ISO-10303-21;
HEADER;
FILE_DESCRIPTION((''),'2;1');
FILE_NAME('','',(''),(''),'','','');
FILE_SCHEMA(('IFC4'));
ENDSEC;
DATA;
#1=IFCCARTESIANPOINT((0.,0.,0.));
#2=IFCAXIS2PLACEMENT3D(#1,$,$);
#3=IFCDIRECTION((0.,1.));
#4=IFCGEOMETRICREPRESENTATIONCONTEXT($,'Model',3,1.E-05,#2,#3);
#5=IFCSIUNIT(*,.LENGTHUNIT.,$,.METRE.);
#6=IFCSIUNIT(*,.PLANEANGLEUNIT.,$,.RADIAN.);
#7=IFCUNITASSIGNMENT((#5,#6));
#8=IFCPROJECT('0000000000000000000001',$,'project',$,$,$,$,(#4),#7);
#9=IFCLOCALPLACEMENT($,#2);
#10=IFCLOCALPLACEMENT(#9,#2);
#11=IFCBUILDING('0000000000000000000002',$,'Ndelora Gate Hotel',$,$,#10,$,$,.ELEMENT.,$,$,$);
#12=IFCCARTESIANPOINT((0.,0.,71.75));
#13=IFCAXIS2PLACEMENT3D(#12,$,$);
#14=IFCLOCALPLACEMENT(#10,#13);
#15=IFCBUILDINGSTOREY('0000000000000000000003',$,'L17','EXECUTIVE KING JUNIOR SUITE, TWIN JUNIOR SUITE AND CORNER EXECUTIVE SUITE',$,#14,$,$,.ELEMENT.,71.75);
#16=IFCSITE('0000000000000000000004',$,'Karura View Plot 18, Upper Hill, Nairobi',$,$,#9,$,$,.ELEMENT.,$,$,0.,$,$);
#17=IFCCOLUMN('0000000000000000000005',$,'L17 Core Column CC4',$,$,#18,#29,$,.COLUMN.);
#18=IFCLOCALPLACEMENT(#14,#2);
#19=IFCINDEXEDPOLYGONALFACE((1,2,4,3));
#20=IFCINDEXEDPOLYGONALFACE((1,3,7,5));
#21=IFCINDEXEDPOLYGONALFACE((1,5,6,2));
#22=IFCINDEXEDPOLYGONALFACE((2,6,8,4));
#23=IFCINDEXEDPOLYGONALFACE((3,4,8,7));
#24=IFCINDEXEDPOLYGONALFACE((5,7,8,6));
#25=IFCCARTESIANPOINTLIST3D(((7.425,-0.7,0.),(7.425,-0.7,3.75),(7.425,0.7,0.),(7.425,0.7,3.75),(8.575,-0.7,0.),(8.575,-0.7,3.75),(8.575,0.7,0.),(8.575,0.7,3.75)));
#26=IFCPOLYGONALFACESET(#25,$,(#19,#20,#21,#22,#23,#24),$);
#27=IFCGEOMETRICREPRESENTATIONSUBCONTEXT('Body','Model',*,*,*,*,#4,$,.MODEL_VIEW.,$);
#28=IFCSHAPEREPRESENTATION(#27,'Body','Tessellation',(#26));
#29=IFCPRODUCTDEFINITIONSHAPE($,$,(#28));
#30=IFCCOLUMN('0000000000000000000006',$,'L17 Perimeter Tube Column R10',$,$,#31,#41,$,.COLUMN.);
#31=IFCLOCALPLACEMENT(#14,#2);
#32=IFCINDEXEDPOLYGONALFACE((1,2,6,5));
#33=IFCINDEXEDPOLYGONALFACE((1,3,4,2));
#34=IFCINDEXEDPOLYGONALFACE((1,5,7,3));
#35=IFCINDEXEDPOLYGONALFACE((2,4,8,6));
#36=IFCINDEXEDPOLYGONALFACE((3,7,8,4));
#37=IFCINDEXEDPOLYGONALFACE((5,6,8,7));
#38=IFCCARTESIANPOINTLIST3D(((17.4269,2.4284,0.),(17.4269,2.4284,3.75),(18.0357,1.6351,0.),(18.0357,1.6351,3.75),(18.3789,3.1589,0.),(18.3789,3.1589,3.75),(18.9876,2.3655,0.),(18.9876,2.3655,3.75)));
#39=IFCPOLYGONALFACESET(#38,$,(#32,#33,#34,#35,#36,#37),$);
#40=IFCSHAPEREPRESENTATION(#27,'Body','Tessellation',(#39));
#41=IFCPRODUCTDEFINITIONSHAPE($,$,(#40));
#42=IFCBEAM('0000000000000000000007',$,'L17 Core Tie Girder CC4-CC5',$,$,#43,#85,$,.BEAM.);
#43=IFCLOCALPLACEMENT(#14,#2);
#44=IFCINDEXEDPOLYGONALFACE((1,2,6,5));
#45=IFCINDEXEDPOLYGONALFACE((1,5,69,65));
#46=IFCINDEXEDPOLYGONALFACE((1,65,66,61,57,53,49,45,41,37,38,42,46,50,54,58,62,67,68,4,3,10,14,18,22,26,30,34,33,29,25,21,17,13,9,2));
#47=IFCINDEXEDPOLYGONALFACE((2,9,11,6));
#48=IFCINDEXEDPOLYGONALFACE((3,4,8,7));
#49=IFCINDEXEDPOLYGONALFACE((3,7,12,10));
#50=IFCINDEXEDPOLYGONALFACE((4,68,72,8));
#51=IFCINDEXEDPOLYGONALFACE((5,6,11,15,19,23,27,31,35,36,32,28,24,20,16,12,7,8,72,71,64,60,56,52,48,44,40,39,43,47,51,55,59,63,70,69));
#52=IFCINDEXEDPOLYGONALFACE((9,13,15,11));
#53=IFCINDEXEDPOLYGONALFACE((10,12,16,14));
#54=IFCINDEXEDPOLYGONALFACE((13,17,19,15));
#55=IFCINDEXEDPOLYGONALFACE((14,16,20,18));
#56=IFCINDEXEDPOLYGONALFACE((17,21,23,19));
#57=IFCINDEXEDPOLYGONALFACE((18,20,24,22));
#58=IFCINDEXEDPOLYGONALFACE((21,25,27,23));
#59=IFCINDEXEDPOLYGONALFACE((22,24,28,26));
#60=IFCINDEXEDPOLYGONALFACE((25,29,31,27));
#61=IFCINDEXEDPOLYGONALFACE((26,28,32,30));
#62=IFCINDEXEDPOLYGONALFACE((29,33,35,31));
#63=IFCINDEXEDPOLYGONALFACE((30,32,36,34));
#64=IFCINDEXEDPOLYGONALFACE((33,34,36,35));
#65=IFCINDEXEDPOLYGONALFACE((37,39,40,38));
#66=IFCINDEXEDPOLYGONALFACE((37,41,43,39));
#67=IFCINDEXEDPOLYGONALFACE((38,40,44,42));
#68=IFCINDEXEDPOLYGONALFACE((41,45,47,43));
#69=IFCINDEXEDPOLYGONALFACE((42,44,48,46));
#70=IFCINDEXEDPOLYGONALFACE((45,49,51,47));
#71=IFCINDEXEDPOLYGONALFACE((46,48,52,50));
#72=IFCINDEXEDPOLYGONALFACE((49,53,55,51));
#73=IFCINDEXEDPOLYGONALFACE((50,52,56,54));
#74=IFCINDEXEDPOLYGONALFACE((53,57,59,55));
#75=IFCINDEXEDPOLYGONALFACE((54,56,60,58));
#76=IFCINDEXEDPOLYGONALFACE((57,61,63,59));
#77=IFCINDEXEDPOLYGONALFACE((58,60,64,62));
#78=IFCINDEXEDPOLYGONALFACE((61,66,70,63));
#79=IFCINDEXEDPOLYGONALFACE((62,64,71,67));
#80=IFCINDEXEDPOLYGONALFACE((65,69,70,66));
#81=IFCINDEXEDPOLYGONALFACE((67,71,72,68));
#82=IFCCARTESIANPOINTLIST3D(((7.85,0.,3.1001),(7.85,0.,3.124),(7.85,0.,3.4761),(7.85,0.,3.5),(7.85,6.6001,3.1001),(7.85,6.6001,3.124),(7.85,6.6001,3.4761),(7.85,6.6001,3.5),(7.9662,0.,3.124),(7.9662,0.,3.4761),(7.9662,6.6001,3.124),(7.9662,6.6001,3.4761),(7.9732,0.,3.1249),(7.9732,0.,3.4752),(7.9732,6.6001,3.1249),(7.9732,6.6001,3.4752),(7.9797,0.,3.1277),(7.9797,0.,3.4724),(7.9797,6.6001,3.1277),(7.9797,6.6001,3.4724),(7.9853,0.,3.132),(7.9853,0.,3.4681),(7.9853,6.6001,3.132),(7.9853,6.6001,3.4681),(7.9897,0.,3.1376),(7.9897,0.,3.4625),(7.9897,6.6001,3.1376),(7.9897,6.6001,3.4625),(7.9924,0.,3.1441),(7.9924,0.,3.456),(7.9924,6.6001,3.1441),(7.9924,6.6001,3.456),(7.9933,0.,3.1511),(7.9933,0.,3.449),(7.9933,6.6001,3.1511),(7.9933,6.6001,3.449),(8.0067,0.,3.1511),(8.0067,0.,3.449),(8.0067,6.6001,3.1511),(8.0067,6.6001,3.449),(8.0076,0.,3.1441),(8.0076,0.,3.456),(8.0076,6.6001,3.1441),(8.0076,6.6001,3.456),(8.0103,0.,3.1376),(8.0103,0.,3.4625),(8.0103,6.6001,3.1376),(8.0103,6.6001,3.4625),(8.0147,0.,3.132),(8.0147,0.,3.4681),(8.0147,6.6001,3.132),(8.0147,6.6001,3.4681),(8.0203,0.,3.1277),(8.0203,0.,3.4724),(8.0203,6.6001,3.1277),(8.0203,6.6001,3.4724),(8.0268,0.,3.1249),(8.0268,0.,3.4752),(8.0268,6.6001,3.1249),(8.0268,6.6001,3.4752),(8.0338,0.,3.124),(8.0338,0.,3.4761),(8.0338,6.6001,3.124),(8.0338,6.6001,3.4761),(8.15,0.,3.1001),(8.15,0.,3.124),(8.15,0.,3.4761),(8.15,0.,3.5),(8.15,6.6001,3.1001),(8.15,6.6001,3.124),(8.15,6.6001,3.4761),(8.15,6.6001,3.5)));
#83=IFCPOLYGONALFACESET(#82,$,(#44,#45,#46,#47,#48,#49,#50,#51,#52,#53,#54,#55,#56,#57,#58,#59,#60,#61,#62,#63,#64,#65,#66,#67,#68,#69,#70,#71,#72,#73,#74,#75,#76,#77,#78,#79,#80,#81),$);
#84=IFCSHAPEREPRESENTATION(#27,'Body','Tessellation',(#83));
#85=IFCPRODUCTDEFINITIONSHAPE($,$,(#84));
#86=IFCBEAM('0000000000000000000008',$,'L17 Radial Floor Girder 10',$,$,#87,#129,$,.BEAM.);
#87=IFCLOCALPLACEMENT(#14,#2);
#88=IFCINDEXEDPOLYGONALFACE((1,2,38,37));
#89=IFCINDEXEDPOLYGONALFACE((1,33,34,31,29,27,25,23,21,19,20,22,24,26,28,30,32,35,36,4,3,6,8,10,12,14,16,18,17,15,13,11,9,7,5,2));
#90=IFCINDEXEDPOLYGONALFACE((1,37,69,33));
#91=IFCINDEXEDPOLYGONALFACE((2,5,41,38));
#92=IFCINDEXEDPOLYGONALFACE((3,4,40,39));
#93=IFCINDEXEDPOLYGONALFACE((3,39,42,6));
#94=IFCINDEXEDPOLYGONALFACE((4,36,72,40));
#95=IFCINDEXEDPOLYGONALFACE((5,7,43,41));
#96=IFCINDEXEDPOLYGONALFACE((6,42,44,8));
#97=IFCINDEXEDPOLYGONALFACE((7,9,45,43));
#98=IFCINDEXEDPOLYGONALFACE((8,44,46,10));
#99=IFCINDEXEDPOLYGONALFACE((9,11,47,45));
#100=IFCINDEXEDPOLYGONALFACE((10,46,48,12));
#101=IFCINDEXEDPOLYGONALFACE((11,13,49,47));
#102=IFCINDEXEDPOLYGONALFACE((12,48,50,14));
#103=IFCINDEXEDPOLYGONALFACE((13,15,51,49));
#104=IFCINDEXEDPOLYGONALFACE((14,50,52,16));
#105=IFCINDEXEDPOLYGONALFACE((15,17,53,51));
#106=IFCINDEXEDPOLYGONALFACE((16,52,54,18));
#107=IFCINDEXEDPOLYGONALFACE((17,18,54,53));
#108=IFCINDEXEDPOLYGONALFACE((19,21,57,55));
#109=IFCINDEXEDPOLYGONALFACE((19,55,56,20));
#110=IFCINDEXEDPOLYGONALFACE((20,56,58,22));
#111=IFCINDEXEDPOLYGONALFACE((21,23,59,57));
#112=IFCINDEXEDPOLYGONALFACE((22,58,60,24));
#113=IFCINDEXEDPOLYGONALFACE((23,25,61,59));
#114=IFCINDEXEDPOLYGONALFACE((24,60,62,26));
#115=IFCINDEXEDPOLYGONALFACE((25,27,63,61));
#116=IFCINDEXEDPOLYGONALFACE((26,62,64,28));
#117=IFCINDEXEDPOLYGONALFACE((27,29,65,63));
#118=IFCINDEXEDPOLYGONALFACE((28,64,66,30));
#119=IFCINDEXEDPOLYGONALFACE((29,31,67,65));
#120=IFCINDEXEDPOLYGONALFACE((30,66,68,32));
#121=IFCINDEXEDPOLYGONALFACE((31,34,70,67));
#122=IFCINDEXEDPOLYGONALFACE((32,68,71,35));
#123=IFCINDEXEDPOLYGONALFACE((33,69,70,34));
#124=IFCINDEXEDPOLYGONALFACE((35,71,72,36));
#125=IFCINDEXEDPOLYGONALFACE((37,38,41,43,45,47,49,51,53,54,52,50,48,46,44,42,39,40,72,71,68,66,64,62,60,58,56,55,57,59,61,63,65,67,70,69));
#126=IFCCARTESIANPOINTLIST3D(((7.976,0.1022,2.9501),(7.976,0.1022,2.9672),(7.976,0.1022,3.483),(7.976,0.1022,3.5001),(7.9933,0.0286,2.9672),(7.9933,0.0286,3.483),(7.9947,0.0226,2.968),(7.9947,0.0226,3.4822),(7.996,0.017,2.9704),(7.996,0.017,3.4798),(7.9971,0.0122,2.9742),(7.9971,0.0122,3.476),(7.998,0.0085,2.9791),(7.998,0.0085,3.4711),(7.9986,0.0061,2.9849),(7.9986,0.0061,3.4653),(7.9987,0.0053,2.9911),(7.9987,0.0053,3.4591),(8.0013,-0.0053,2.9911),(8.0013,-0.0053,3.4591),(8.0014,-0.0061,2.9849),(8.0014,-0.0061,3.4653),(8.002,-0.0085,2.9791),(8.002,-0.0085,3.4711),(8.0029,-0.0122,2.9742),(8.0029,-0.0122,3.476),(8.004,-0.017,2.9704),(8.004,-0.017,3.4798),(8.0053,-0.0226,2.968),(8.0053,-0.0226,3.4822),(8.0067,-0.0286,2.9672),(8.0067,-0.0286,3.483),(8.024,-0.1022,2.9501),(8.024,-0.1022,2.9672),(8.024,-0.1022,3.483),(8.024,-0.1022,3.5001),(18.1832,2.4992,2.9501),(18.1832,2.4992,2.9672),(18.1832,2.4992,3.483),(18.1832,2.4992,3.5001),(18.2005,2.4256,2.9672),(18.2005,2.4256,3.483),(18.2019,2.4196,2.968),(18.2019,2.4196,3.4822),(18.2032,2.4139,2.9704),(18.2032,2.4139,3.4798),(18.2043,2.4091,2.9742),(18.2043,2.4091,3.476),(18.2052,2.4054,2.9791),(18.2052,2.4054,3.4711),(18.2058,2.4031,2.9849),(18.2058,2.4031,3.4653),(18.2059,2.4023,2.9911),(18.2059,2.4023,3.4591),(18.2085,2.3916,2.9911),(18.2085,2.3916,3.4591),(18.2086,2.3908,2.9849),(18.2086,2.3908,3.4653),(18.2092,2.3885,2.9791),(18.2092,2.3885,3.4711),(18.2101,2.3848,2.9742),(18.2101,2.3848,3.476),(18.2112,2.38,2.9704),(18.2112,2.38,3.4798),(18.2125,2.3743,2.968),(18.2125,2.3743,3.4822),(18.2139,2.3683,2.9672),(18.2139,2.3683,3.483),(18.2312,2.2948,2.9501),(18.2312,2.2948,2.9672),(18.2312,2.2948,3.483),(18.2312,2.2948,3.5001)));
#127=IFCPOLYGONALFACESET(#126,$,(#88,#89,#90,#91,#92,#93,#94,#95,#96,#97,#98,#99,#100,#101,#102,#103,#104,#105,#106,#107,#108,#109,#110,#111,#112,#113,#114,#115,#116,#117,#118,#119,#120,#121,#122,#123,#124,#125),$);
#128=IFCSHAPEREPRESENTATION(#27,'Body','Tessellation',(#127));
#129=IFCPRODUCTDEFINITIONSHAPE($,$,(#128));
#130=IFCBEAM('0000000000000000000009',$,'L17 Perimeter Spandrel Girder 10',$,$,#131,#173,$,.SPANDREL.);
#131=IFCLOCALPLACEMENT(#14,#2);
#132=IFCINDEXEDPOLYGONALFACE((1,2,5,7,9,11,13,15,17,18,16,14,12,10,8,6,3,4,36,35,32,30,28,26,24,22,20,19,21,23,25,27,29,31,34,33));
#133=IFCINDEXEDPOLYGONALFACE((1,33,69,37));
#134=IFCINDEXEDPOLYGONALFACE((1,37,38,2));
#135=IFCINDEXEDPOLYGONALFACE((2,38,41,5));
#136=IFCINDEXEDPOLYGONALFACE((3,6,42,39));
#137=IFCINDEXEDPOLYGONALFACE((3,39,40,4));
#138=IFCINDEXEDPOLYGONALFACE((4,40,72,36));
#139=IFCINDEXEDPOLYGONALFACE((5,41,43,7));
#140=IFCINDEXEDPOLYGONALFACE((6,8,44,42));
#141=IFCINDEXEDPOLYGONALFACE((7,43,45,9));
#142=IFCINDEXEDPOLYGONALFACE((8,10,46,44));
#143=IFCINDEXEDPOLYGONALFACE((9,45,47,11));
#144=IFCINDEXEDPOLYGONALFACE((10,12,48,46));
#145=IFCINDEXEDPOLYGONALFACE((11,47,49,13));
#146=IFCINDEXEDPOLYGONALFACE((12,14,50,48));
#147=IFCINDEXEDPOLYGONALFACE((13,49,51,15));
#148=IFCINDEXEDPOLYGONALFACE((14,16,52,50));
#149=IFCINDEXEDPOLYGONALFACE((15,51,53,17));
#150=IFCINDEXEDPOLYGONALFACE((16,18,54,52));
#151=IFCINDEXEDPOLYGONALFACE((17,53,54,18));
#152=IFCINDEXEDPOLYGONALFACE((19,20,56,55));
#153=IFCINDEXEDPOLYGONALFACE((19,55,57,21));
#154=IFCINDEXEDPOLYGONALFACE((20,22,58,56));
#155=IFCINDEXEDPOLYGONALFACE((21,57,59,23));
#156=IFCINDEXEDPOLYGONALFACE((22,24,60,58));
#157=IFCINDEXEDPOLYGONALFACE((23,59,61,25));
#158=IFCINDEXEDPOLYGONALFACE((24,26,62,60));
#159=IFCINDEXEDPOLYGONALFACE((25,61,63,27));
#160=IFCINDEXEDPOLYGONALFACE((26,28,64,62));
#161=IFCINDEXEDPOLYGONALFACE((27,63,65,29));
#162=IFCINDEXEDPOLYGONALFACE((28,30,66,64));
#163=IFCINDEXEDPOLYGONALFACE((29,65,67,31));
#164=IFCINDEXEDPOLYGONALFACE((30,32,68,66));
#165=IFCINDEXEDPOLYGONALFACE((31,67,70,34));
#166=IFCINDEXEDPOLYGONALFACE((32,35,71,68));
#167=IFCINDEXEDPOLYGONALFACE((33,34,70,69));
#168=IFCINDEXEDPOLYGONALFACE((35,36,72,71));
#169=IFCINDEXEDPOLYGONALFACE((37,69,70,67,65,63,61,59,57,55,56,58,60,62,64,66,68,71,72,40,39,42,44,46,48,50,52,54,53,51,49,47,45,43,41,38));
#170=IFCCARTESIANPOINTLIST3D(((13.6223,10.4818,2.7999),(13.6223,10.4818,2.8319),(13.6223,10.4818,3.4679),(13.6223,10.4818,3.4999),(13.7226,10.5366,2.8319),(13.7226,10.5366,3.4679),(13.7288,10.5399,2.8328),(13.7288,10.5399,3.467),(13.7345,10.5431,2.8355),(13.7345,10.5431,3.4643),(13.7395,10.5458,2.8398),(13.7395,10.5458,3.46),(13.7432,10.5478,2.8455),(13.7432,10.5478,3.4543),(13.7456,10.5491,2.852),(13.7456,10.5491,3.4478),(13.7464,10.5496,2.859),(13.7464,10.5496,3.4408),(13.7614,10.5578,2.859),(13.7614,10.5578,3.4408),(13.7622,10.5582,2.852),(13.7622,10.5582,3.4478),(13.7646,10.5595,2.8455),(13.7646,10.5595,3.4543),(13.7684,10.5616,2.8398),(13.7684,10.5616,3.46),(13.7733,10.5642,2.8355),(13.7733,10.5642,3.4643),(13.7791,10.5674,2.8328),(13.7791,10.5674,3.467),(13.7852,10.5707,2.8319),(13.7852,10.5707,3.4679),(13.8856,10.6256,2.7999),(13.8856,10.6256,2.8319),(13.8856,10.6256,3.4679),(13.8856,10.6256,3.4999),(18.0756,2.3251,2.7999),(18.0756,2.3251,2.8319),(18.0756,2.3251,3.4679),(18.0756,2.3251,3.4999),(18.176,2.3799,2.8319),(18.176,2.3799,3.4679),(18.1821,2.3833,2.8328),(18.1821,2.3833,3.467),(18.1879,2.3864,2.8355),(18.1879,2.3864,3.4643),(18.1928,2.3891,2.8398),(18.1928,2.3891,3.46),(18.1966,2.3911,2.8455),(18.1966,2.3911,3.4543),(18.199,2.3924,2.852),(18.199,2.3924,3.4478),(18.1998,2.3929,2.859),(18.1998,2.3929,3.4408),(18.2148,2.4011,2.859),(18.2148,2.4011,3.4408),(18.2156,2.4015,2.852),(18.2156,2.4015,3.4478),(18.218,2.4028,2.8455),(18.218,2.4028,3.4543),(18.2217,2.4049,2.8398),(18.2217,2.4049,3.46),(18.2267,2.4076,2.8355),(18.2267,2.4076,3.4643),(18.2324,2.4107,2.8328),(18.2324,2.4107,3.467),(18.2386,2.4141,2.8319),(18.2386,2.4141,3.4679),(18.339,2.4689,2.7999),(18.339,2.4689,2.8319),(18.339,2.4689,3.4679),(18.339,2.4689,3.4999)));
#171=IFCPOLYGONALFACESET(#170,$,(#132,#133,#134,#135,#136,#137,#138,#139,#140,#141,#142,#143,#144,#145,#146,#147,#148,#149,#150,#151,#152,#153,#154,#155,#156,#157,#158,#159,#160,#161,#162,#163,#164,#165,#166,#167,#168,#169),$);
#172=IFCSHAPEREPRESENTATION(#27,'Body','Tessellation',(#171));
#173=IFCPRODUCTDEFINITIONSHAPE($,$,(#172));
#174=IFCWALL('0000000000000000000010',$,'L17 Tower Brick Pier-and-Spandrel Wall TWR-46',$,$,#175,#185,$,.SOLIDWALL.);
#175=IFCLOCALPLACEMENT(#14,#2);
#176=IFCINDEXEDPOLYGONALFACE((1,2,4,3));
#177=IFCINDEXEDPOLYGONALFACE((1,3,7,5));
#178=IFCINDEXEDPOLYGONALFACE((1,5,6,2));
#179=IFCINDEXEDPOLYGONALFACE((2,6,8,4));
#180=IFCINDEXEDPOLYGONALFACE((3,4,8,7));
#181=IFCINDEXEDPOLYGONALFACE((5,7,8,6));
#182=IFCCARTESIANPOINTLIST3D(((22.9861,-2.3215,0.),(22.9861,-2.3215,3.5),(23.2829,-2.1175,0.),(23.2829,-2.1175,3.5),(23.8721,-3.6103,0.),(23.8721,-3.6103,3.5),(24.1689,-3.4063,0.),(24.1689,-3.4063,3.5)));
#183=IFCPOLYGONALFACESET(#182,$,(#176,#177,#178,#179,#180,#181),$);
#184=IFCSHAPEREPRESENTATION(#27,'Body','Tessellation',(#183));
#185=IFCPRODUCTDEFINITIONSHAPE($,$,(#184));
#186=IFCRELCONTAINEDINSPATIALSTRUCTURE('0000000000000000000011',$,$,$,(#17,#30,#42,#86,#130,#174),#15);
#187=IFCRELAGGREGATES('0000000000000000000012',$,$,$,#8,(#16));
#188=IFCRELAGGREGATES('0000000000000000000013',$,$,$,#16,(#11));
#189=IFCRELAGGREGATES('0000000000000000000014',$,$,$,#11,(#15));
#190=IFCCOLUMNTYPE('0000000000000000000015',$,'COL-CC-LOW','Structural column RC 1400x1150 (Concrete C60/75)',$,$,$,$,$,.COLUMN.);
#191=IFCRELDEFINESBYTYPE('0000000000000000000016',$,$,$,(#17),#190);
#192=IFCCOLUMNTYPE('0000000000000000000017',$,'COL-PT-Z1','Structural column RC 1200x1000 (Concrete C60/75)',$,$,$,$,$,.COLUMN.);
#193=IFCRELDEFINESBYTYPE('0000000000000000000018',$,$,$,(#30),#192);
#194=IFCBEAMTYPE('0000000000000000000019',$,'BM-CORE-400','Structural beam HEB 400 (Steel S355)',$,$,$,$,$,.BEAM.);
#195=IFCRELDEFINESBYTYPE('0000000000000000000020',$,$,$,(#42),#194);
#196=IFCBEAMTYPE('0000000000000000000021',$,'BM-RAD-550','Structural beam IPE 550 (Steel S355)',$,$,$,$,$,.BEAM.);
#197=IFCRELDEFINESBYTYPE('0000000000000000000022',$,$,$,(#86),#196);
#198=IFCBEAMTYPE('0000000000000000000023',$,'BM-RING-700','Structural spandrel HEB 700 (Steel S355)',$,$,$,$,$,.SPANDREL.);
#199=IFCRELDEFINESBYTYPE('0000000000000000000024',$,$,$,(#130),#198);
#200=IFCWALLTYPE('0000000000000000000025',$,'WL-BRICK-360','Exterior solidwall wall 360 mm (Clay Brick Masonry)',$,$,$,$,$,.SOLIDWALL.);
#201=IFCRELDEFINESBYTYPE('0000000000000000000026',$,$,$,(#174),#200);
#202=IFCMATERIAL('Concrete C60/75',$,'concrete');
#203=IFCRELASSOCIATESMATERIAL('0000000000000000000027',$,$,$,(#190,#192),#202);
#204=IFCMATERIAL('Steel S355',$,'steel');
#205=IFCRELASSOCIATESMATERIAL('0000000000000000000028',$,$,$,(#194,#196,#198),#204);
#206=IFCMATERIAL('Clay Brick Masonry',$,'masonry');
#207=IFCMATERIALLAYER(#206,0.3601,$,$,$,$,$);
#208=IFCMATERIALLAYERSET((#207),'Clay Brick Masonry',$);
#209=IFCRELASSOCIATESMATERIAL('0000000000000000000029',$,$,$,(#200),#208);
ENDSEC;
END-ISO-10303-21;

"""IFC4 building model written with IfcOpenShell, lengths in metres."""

from ifc_helpers import new_model, si_unit, direction, frame, frame_2d, origin, origin_2d, place, context, subcontext, project, spatial, rectangle, i_section, extrude, material, layer, layer_set, material_profile, profile_set, type_object, element, save


model = new_model("IFC4")

# Units and contexts
model_context = context("Model", 3, precision=1e-05, world=origin(), true_north=direction((0.0, 1.0)))
body_context = subcontext(model_context, "Body", "Model", "MODEL_VIEW")
ifc_project = project(units=[si_unit("LENGTHUNIT", "METRE"), si_unit("PLANEANGLEUNIT", "RADIAN")], contexts=[model_context])

# Site, building, storey
site_placement = place(None, origin())
site = spatial("IfcSite", under=ifc_project, at=site_placement, Name="Karura View Plot 18, Upper Hill, Nairobi", CompositionType="ELEMENT", RefElevation=0.0)
building_placement = place(site_placement, origin())
building = spatial("IfcBuilding", under=site, at=building_placement, Name="Ndelora Gate Hotel", CompositionType="ELEMENT")
storey_placement = place(building_placement, frame((0.0, 0.0, 71.75)))
storey = spatial("IfcBuildingStorey", under=building, at=storey_placement, Name="L17", Description="EXECUTIVE KING JUNIOR SUITE, TWIN JUNIOR SUITE AND CORNER EXECUTIVE SUITE", CompositionType="ELEMENT", Elevation=71.75)

# Columns
ifc_material_1 = material(Name="Concrete C60/75", Category="concrete")
ifc_material_profile_1 = material_profile(ifc_material_1, rectangle(XDim=1.1499, YDim=1.3999, at=origin_2d()), Name="RC 1400x1150")
ifc_profile_set_1 = profile_set([ifc_material_profile_1], Name="Concrete C60/75")
column_type_1 = type_object("IfcColumnType", Name="COL-CC-LOW", Description="Structural column RC 1400x1150 (Concrete C60/75)", PredefinedType="COLUMN", material=ifc_profile_set_1)
column_1_placement = place(storey_placement, frame((8.0, 0.0, 0.0), z_axis=(0.0, 0.0, 1.0), x_axis=(1.0, 0.0, 0.0)))
element("IfcColumn", 1, at=column_1_placement, inside=storey, type_object=column_type_1, Name="L17 Core Column CC4", PredefinedType="COLUMN", context=body_context, shape_type="SweptSolid", body=[
    extrude(rectangle(XDim=1.1499, YDim=1.3999, at=origin_2d()), origin(), (0.0, 0.0, 1.0), 3.75),
])
ifc_material_profile_2 = material_profile(ifc_material_1, rectangle(XDim=1.0, YDim=1.2, at=origin_2d()), Name="RC 1200x1000")
ifc_profile_set_2 = profile_set([ifc_material_profile_2], Name="Concrete C60/75")
column_type_2 = type_object("IfcColumnType", Name="COL-PT-Z1", Description="Structural column RC 1200x1000 (Concrete C60/75)", PredefinedType="COLUMN", material=ifc_profile_set_2)
column_2_placement = place(storey_placement, frame((18.2073, 2.397, 0.0), z_axis=(0.0, 0.0, 1.0), x_axis=(-0.608761, 0.793353, 0.0)))
element("IfcColumn", 2, at=column_2_placement, inside=storey, type_object=column_type_2, Name="L17 Perimeter Tube Column R10", PredefinedType="COLUMN", context=body_context, shape_type="SweptSolid", body=[
    extrude(rectangle(XDim=1.0, YDim=1.2, at=origin_2d()), origin(), (0.0, 0.0, 1.0), 3.75),
])

# Beams
ifc_material_2 = material(Name="Steel S355", Category="steel")
ifc_material_profile_3 = material_profile(ifc_material_2, i_section(OverallWidth=0.3, OverallDepth=0.3999, WebThickness=0.0134, FlangeThickness=0.0239, FilletRadius=0.0271, at=origin_2d()), Name="HEB 400")
ifc_profile_set_3 = profile_set([ifc_material_profile_3], Name="Steel S355")
beam_type_1 = type_object("IfcBeamType", Name="BM-CORE-400", Description="Structural beam HEB 400 (Steel S355)", PredefinedType="BEAM", material=ifc_profile_set_3)
beam_1_placement = place(storey_placement, frame((8.0, 0.0, 3.3), z_axis=(0.0, 1.0, 0.0), x_axis=(-1.0, 0.0, 0.0)))
element("IfcBeam", 3, at=beam_1_placement, inside=storey, type_object=beam_type_1, Name="L17 Core Tie Girder CC4-CC5", PredefinedType="BEAM", context=body_context, shape_type="SweptSolid", body=[
    extrude(i_section(OverallWidth=0.3, OverallDepth=0.3999, WebThickness=0.0134, FlangeThickness=0.0239, FilletRadius=0.0271, at=origin_2d()), origin(), (0.0, 0.0, 1.0), 6.6001),
])
ifc_material_profile_4 = material_profile(ifc_material_2, i_section(OverallWidth=0.21, OverallDepth=0.55, WebThickness=0.011, FlangeThickness=0.0171, FilletRadius=0.0239, at=origin_2d()), Name="IPE 550")
ifc_profile_set_4 = profile_set([ifc_material_profile_4], Name="Steel S355")
beam_type_2 = type_object("IfcBeamType", Name="BM-RAD-550", Description="Structural beam IPE 550 (Steel S355)", PredefinedType="BEAM", material=ifc_profile_set_4)
beam_2_placement = place(storey_placement, frame((8.0, 0.0, 3.2251), z_axis=(0.973518, 0.228611, 0.0), x_axis=(-0.228611, 0.973518, 0.0)))
element("IfcBeam", 4, at=beam_2_placement, inside=storey, type_object=beam_type_2, Name="L17 Radial Floor Girder 10", PredefinedType="BEAM", context=body_context, shape_type="SweptSolid", body=[
    extrude(i_section(OverallWidth=0.21, OverallDepth=0.55, WebThickness=0.011, FlangeThickness=0.0171, FilletRadius=0.0239, at=origin_2d()), origin(), (0.0, 0.0, 1.0), 10.4849),
])
ifc_material_profile_5 = material_profile(ifc_material_2, i_section(OverallWidth=0.3, OverallDepth=0.7, WebThickness=0.0171, FlangeThickness=0.032, FilletRadius=0.0271, at=origin_2d()), Name="HEB 700")
ifc_profile_set_5 = profile_set([ifc_material_profile_5], Name="Steel S355")
beam_type_3 = type_object("IfcBeamType", Name="BM-RING-700", Description="Structural spandrel HEB 700 (Steel S355)", PredefinedType="SPANDREL", material=ifc_profile_set_5)
beam_3_placement = place(storey_placement, frame((18.2073, 2.397, 3.1499), z_axis=(-0.479204, 0.877704, 0.0), x_axis=(-0.877704, -0.479204, 0.0)))
element("IfcBeam", 5, at=beam_3_placement, inside=storey, type_object=beam_type_3, Name="L17 Perimeter Spandrel Girder 10", PredefinedType="SPANDREL", context=body_context, shape_type="SweptSolid", body=[
    extrude(i_section(OverallWidth=0.3, OverallDepth=0.7, WebThickness=0.0171, FlangeThickness=0.032, FilletRadius=0.0271, at=origin_2d()), origin(), (0.0, 0.0, 1.0), 9.2932),
])

# Wall
ifc_material_3 = material(Name="Clay Brick Masonry", Category="masonry")
ifc_layer_1 = layer(ifc_material_3, 0.3601)
ifc_layer_set_1 = layer_set([ifc_layer_1], Name="Clay Brick Masonry")
wall_type_1 = type_object("IfcWallType", Name="WL-BRICK-360", Description="Exterior solidwall wall 360 mm (Clay Brick Masonry)", PredefinedType="SOLIDWALL", material=ifc_layer_set_1)
wall_1_placement = place(storey_placement, frame((23.1345, -2.2195, 0.0), z_axis=(0.0, 0.0, 1.0), x_axis=(0.566496, -0.824065, 0.0)))
element("IfcWall", 6, at=wall_1_placement, inside=storey, type_object=wall_type_1, Name="L17 Tower Brick Pier-and-Spandrel Wall TWR-46", PredefinedType="SOLIDWALL", context=body_context, shape_type="SweptSolid", body=[
    extrude(rectangle(XDim=1.564, YDim=0.3601, at=frame_2d((0.782, 0.0))), origin(), (0.0, 0.0, 1.0), 3.5),
])

save(model, "model.ifc")
